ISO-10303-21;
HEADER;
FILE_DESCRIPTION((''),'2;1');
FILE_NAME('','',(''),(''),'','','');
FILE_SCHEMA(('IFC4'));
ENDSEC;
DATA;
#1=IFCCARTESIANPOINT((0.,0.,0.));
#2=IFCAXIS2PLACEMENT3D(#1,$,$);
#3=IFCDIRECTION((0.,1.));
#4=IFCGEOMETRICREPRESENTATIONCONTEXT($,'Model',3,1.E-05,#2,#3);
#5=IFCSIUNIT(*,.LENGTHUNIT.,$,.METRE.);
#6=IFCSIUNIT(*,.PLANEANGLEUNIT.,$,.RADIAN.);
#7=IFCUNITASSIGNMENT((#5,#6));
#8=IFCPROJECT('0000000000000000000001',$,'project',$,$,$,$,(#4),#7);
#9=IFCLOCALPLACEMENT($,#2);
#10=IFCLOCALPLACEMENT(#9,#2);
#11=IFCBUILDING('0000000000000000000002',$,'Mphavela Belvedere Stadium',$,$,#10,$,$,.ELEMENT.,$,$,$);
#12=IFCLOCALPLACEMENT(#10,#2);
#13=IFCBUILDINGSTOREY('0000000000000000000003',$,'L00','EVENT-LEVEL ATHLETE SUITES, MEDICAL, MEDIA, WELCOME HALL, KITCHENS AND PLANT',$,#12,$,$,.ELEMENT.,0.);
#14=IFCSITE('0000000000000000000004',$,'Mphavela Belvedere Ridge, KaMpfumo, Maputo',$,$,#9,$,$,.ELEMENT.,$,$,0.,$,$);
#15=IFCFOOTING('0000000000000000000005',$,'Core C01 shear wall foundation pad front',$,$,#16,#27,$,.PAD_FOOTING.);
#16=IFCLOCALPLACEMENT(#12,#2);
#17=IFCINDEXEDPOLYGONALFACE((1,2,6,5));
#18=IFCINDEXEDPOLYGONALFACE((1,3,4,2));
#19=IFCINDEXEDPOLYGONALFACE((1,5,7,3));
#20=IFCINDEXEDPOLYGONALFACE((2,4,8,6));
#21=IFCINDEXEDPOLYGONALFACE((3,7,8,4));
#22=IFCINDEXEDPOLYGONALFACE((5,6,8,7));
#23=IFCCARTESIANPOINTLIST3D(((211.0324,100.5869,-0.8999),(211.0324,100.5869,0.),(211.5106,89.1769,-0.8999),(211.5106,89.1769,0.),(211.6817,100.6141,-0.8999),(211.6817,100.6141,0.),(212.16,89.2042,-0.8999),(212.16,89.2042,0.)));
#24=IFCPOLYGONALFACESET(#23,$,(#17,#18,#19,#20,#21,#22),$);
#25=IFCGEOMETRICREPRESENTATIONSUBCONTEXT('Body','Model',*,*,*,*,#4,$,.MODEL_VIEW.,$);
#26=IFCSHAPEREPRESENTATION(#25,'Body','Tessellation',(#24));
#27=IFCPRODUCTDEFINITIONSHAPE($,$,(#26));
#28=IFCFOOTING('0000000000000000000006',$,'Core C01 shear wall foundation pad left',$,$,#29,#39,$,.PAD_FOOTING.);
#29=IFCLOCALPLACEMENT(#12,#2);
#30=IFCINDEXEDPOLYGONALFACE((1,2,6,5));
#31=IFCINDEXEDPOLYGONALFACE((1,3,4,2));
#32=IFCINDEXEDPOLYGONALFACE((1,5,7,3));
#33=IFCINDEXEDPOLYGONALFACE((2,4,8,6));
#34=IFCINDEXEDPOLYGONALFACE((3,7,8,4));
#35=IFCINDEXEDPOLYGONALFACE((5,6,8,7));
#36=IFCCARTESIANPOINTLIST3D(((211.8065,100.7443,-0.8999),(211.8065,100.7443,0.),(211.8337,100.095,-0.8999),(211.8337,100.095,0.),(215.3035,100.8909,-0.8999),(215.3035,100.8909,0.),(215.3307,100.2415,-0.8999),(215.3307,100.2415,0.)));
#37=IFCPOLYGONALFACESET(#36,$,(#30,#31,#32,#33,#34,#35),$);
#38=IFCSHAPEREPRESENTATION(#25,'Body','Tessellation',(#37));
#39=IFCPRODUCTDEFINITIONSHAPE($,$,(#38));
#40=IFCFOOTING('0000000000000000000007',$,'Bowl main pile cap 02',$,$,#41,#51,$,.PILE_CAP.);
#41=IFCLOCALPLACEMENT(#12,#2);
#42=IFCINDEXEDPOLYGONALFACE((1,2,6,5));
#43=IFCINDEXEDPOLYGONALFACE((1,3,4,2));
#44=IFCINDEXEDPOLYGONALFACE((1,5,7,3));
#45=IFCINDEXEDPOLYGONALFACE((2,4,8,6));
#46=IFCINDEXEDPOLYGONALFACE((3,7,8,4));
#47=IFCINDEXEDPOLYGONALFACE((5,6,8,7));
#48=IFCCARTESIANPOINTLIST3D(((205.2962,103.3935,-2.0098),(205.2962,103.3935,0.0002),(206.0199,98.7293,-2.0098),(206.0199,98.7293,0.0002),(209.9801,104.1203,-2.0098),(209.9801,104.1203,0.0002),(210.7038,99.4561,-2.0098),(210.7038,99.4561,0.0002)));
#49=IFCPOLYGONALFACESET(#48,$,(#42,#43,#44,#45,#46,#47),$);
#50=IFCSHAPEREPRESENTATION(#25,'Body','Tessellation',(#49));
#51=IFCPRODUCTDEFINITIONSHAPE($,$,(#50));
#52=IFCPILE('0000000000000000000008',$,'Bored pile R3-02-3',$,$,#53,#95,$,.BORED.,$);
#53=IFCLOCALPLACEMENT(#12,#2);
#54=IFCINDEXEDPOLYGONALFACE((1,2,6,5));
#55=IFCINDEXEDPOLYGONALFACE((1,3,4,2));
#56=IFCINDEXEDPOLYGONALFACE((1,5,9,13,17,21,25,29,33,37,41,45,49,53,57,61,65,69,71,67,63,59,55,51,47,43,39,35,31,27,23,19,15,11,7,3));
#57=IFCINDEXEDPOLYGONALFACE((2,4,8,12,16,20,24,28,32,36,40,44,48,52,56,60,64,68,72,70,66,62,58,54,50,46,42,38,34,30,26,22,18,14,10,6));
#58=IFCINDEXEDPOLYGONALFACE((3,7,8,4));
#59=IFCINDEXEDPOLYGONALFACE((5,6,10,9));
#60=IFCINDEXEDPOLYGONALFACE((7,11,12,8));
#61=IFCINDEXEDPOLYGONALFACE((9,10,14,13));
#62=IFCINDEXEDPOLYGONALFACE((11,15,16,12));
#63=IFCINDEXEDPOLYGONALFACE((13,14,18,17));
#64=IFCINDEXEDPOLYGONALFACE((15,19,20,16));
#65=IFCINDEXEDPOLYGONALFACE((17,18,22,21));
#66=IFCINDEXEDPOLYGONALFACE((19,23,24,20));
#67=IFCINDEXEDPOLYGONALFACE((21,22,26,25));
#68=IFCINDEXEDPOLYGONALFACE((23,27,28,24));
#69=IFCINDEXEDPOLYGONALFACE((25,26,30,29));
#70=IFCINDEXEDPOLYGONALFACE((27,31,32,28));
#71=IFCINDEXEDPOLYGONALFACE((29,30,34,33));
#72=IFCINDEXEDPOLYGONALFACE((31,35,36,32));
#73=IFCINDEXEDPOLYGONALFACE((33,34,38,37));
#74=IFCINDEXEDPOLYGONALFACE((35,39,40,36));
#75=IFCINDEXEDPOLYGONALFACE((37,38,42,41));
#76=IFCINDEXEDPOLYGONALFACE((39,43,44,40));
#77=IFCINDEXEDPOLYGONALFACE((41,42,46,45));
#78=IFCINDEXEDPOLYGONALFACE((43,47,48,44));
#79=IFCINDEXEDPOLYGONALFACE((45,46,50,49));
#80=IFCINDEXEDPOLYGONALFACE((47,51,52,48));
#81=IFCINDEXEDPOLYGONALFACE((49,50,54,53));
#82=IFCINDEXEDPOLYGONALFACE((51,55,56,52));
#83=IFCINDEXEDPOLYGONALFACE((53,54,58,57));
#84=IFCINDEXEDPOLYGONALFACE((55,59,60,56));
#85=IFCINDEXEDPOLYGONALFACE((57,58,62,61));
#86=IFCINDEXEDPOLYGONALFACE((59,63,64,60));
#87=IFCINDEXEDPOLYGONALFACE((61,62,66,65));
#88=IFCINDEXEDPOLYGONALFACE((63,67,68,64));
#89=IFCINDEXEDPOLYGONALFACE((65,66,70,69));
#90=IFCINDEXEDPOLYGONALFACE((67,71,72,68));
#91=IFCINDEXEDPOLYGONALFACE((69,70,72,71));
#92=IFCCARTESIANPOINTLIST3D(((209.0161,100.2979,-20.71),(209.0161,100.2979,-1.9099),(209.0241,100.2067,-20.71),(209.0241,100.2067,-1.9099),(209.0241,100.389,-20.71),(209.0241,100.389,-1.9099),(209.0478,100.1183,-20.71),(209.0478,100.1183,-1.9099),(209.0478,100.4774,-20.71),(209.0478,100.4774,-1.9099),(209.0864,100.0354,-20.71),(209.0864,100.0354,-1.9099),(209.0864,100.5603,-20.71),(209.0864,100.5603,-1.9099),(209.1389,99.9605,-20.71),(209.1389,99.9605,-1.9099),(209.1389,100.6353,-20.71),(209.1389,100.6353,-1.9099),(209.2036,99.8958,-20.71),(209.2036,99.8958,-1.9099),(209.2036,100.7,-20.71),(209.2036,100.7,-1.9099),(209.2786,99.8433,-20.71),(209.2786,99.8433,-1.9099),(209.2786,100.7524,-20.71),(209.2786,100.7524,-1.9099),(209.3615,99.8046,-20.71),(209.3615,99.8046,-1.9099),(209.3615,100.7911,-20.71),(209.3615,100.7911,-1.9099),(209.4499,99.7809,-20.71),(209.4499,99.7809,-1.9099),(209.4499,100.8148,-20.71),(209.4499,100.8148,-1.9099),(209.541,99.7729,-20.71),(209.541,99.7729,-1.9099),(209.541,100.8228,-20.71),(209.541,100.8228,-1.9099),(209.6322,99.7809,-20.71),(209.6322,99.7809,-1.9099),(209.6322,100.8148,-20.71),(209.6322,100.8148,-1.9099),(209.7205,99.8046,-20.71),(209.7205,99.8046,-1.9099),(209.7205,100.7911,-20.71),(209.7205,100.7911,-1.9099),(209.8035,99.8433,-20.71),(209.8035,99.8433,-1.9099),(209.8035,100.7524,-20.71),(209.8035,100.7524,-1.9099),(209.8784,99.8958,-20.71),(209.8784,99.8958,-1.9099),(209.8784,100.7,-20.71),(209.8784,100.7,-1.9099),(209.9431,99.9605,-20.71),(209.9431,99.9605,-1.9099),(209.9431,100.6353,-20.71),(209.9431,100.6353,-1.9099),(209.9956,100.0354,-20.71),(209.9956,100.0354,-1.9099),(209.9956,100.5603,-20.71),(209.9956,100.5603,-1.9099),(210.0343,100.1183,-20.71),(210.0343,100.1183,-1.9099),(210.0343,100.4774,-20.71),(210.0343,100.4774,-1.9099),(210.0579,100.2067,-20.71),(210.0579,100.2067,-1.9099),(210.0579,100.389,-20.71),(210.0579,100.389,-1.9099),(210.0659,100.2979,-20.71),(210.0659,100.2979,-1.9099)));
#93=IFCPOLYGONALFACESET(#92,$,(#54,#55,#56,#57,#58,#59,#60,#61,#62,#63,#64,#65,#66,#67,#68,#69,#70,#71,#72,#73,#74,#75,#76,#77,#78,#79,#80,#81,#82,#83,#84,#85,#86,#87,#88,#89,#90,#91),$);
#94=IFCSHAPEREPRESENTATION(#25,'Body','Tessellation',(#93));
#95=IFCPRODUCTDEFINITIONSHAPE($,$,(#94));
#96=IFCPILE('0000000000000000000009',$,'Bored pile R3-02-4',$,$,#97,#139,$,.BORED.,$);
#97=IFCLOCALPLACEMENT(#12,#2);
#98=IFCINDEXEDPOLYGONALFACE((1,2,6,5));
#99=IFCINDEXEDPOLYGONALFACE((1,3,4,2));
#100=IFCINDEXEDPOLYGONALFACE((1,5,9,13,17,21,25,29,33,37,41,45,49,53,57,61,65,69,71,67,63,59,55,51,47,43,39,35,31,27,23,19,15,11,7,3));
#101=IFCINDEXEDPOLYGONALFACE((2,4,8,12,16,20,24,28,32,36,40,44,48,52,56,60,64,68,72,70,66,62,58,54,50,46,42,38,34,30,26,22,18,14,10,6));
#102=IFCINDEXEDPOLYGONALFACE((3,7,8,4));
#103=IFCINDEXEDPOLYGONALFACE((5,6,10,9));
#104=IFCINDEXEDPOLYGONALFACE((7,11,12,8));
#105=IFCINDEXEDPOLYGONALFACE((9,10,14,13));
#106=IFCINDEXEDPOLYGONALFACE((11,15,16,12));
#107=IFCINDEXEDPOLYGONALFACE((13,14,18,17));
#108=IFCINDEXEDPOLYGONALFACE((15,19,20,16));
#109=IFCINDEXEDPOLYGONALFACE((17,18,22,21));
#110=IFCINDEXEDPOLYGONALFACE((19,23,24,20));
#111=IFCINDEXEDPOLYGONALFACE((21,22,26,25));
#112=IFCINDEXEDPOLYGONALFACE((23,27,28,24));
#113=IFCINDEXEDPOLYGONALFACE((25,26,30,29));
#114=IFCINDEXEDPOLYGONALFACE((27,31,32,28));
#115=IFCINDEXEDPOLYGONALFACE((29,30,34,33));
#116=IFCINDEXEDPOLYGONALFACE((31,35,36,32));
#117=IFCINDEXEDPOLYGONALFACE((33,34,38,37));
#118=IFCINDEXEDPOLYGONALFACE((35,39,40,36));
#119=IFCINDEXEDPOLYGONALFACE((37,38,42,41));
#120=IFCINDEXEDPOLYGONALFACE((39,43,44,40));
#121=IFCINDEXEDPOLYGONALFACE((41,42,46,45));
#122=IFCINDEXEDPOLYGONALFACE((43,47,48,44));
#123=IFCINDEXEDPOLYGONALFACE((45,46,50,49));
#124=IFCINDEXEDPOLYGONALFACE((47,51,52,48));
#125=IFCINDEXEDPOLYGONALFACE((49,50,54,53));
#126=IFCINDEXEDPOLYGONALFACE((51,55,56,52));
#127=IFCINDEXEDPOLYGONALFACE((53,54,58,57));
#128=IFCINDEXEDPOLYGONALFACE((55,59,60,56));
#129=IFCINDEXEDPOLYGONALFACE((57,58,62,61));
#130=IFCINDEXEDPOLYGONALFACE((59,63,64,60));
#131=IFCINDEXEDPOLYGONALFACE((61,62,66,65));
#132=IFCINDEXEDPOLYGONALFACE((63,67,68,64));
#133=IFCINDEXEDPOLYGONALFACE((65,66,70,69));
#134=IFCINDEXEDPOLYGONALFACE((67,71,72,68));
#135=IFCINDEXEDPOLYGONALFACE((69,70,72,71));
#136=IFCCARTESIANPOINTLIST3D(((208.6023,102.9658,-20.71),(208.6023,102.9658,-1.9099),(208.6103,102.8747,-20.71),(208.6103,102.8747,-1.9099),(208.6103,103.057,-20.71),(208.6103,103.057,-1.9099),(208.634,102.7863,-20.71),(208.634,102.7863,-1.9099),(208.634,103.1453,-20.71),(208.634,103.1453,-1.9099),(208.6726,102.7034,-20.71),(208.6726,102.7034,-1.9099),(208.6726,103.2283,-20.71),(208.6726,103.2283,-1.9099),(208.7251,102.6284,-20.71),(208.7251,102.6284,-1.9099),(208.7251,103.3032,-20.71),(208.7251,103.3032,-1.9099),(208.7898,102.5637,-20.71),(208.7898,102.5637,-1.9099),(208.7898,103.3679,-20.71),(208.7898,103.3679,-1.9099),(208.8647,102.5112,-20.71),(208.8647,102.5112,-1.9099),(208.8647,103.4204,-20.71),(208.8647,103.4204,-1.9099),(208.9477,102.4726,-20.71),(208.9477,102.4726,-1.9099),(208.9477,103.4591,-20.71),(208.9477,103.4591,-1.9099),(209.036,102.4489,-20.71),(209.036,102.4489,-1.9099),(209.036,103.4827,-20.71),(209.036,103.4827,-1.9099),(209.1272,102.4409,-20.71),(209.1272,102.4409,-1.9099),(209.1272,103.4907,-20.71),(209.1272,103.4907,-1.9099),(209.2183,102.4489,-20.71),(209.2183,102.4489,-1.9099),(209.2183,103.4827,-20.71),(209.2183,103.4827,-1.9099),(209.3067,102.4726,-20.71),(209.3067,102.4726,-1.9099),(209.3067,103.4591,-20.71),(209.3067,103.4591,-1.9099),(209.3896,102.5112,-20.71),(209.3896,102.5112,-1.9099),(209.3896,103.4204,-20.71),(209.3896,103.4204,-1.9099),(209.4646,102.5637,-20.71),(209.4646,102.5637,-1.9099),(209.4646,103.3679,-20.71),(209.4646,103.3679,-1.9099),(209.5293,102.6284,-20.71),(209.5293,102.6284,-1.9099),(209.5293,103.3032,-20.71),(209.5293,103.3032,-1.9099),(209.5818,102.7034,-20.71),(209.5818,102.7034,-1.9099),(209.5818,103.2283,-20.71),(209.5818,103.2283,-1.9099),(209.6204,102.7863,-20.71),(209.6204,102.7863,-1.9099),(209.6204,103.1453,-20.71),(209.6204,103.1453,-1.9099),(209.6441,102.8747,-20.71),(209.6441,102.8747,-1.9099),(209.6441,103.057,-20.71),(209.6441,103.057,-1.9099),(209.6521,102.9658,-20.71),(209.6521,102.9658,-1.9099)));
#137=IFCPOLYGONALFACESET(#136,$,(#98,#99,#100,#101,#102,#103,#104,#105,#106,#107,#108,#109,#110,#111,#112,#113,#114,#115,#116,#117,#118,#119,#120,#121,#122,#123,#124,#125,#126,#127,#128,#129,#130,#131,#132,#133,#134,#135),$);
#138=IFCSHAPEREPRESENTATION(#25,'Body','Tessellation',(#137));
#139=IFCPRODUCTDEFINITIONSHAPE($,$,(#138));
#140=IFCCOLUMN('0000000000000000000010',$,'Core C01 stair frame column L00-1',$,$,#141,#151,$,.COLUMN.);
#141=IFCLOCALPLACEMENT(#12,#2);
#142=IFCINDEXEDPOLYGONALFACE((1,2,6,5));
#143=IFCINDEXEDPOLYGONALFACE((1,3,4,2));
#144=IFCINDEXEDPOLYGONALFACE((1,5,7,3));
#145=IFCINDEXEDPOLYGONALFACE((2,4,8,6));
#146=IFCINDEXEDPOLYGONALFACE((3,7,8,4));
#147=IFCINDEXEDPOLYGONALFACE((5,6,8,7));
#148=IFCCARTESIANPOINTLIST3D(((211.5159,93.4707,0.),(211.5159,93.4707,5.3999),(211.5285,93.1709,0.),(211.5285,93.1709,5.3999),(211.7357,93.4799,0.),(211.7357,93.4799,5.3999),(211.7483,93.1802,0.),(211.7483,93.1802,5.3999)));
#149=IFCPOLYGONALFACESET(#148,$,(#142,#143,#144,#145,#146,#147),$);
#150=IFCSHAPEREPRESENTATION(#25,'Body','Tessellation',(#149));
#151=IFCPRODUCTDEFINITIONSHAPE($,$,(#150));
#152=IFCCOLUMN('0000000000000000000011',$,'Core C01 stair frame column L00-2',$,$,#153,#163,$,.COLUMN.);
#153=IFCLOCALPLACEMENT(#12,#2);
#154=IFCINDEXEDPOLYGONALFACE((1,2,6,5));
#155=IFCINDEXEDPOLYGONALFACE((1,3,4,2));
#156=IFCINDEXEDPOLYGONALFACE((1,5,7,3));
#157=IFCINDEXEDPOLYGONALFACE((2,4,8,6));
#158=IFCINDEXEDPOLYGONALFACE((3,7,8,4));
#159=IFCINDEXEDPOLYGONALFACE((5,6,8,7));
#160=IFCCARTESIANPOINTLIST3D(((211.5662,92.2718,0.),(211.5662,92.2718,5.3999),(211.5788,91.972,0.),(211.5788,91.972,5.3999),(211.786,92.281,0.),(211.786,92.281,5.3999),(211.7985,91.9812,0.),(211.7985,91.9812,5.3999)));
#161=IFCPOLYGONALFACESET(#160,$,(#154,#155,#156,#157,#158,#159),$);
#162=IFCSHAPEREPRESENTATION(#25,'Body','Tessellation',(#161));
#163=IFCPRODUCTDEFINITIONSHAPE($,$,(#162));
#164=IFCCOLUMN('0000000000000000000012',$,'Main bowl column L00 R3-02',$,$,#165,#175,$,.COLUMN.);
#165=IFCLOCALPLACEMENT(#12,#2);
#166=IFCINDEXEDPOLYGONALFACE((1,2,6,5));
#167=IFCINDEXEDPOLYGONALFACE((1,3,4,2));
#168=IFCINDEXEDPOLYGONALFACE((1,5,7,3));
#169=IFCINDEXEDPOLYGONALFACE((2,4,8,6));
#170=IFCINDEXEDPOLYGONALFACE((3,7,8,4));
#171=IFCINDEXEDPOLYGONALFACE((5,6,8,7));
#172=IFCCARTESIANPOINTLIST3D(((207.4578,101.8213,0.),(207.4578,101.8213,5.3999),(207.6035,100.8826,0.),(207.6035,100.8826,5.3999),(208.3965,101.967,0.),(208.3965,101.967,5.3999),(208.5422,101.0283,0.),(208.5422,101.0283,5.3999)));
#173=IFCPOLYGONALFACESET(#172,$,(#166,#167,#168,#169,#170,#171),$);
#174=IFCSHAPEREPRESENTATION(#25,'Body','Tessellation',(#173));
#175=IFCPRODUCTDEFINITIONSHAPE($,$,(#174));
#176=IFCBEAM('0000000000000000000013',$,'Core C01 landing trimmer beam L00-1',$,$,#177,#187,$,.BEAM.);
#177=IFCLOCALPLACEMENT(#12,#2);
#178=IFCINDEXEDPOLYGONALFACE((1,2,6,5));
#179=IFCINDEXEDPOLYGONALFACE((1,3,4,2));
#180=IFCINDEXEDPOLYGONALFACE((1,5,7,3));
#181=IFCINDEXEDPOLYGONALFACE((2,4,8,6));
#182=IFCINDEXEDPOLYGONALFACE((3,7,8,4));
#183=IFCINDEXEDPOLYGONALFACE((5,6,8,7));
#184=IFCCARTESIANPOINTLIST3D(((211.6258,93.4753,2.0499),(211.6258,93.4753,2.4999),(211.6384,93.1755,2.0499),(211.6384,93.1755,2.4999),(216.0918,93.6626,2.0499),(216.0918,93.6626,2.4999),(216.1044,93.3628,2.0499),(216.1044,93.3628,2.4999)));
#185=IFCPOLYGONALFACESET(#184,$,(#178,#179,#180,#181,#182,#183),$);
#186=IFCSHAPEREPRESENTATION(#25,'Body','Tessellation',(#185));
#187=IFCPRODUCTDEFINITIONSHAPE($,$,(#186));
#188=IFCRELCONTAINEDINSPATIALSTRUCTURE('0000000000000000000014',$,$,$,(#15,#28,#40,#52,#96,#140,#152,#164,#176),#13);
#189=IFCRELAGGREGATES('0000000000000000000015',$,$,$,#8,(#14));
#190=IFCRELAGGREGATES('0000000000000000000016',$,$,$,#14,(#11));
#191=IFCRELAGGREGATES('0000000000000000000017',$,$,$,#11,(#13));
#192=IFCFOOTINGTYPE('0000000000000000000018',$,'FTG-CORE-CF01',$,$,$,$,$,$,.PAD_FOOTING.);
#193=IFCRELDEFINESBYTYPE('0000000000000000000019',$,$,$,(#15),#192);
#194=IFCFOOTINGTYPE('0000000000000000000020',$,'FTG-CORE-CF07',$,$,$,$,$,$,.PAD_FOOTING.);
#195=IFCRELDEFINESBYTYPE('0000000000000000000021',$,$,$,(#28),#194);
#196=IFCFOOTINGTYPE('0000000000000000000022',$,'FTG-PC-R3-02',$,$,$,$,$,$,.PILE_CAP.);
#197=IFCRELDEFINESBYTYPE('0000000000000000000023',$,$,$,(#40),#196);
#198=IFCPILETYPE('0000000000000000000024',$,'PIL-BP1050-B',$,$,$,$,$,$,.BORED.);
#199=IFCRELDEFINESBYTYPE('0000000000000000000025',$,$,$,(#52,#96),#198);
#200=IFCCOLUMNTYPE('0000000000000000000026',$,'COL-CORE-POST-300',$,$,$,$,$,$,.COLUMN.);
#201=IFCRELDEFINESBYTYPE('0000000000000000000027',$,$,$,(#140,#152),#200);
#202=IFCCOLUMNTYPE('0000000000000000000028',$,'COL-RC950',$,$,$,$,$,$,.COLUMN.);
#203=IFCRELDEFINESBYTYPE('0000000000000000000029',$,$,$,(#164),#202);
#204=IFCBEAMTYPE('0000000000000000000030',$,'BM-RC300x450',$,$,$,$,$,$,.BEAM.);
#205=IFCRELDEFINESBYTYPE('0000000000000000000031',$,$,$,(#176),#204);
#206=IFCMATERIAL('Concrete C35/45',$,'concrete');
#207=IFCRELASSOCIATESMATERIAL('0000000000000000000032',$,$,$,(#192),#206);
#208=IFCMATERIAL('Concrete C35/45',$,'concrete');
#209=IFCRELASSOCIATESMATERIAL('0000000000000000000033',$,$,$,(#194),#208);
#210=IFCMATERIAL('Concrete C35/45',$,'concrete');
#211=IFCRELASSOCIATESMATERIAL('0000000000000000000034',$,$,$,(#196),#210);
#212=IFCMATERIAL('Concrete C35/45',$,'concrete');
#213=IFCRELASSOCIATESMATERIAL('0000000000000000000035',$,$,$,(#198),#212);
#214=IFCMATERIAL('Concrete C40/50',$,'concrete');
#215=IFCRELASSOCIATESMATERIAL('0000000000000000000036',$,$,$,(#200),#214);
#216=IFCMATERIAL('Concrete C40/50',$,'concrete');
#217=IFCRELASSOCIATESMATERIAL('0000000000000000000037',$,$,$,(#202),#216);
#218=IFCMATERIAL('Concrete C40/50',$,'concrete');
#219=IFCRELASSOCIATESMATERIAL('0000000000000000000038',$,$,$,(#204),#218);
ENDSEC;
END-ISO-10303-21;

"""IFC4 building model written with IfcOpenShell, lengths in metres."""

from ifc_helpers import new_model, si_unit, direction, frame, origin, origin_2d, place, context, subcontext, project, spatial, rectangle, circle, extrude, material, material_profile, profile_set, type_object, element, save


model = new_model("IFC4")

# Units and contexts
model_context = context("Model", 3, precision=1e-05, world=origin(), true_north=direction((0.0, 1.0)))
body_context = subcontext(model_context, "Body", "Model", "MODEL_VIEW")
ifc_project = project(units=[si_unit("LENGTHUNIT", "METRE"), si_unit("PLANEANGLEUNIT", "RADIAN")], contexts=[model_context])

# Site, building, storey
site_placement = place(None, origin())
site = spatial("IfcSite", under=ifc_project, at=site_placement, Name="Mphavela Belvedere Ridge, KaMpfumo, Maputo", CompositionType="ELEMENT", RefElevation=0.0)
building_placement = place(site_placement, origin())
building = spatial("IfcBuilding", under=site, at=building_placement, Name="Mphavela Belvedere Stadium", CompositionType="ELEMENT")
storey_placement = place(building_placement, origin())
storey = spatial("IfcBuildingStorey", under=building, at=storey_placement, Name="L00", Description="EVENT-LEVEL ATHLETE SUITES, MEDICAL, MEDIA, WELCOME HALL, KITCHENS AND PLANT", CompositionType="ELEMENT", Elevation=0.0)

# Footings
ifc_material_1 = material(Name="Concrete C35/45", Category="concrete")
footing_type_1 = type_object("IfcFootingType", Name="FTG-CORE-CF01", PredefinedType="PAD_FOOTING", material=ifc_material_1)
footing_1_placement = place(storey_placement, frame((211.5962, 94.8955, -0.8999), z_axis=(0.0, 0.0, 1.0), x_axis=(0.041876, -0.999123, 0.0)))
element("IfcFooting", 1, at=footing_1_placement, inside=storey, type_object=footing_type_1, Name="Core C01 shear wall foundation pad front", PredefinedType="PAD_FOOTING", context=body_context, shape_type="SweptSolid", body=[
    extrude(rectangle(XDim=11.4199, YDim=0.6499, at=origin_2d()), origin(), (0.0, 0.0, 1.0), 0.8999),
])
ifc_material_2 = material(Name="Concrete C35/45", Category="concrete")
footing_type_2 = type_object("IfcFootingType", Name="FTG-CORE-CF07", PredefinedType="PAD_FOOTING", material=ifc_material_2)
footing_2_placement = place(storey_placement, frame((213.5686, 100.4929, -0.8999), z_axis=(0.0, 0.0, 1.0), x_axis=(0.999123, 0.041876, 0.0)))
element("IfcFooting", 2, at=footing_2_placement, inside=storey, type_object=footing_type_2, Name="Core C01 shear wall foundation pad left", PredefinedType="PAD_FOOTING", context=body_context, shape_type="SweptSolid", body=[
    extrude(rectangle(XDim=3.5, YDim=0.6499, at=origin_2d()), origin(), (0.0, 0.0, 1.0), 0.8999),
])
ifc_material_3 = material(Name="Concrete C35/45", Category="concrete")
footing_type_3 = type_object("IfcFootingType", Name="FTG-PC-R3-02", PredefinedType="PILE_CAP", material=ifc_material_3)
footing_3_placement = place(storey_placement, frame((208.0, 101.4248, -2.0098), z_axis=(0.0, 0.0, 1.0), x_axis=(0.988175, 0.153331, 0.0)))
element("IfcFooting", 3, at=footing_3_placement, inside=storey, type_object=footing_type_3, Name="Bowl main pile cap 02", PredefinedType="PILE_CAP", context=body_context, shape_type="SweptSolid", body=[
    extrude(rectangle(XDim=4.74, YDim=4.72, at=origin_2d()), origin(), (0.0, 0.0, 1.0), 2.01),
])

# Piles
ifc_material_4 = material(Name="Concrete C35/45", Category="concrete")
ifc_material_profile_1 = material_profile(ifc_material_4, circle(Radius=0.5249, at=origin_2d()), Name="BP D1050")
ifc_profile_set_1 = profile_set([ifc_material_profile_1], Name="Concrete C35/45")
pile_type = type_object("IfcPileType", Name="PIL-BP1050-B", PredefinedType="BORED", material=ifc_profile_set_1)
for number, where, z_axis, x_axis, name in (
    (4, (209.541, 100.2979, -1.9099), (0.0, 0.0, -1.0), (1.0, 0.0, 0.0), "Bored pile R3-02-3"),
    (5, (209.1272, 102.9658, -1.9099), (0.0, 0.0, -1.0), (1.0, 0.0, 0.0), "Bored pile R3-02-4"),
):
    element("IfcPile", number, at=place(storey_placement, frame(where, z_axis=z_axis, x_axis=x_axis)), inside=storey, type_object=pile_type, Name=name, PredefinedType="BORED", context=body_context, shape_type="SweptSolid", body=[
        extrude(circle(Radius=0.5249, at=origin_2d()), origin(), (0.0, 0.0, 1.0), 18.8),
    ])

# Columns
ifc_material_5 = material(Name="Concrete C40/50", Category="concrete")
ifc_material_profile_2 = material_profile(ifc_material_5, rectangle(XDim=0.3, YDim=0.22, at=origin_2d()), Name="RC 300x220")
ifc_profile_set_2 = profile_set([ifc_material_profile_2], Name="Concrete C40/50")
column_type_1 = type_object("IfcColumnType", Name="COL-CORE-POST-300", PredefinedType="COLUMN", material=ifc_profile_set_2)
for number, where, z_axis, x_axis, name in (
    (6, (211.6321, 93.3254, 0.0), (0.0, 0.0, 1.0), (0.041876, -0.999123, 0.0), "Core C01 stair frame column L00-1"),
    (7, (211.6824, 92.1265, 0.0), (0.0, 0.0, 1.0), (0.041876, -0.999123, 0.0), "Core C01 stair frame column L00-2"),
):
    element("IfcColumn", number, at=place(storey_placement, frame(where, z_axis=z_axis, x_axis=x_axis)), inside=storey, type_object=column_type_1, Name=name, PredefinedType="COLUMN", context=body_context, shape_type="SweptSolid", body=[
        extrude(rectangle(XDim=0.3, YDim=0.22, at=origin_2d()), origin(), (0.0, 0.0, 1.0), 5.3999),
    ])
ifc_material_6 = material(Name="Concrete C40/50", Category="concrete")
ifc_material_profile_3 = material_profile(ifc_material_6, rectangle(XDim=0.95, YDim=0.95, at=origin_2d()), Name="RC 950x950")
ifc_profile_set_3 = profile_set([ifc_material_profile_3], Name="Concrete C40/50")
column_type_2 = type_object("IfcColumnType", Name="COL-RC950", PredefinedType="COLUMN", material=ifc_profile_set_3)
column_placement = place(storey_placement, frame((208.0, 101.4248, 0.0), z_axis=(0.0, 0.0, 1.0), x_axis=(0.988175, 0.153331, 0.0)))
element("IfcColumn", 8, at=column_placement, inside=storey, type_object=column_type_2, Name="Main bowl column L00 R3-02", PredefinedType="COLUMN", context=body_context, shape_type="SweptSolid", body=[
    extrude(rectangle(XDim=0.95, YDim=0.95, at=origin_2d()), origin(), (0.0, 0.0, 1.0), 5.3999),
])

# Beam
ifc_material_7 = material(Name="Concrete C40/50", Category="concrete")
ifc_material_profile_4 = material_profile(ifc_material_7, rectangle(XDim=0.3, YDim=0.45, at=origin_2d()), Name="RC 300x450")
ifc_profile_set_4 = profile_set([ifc_material_profile_4], Name="Concrete C40/50")
beam_type_1 = type_object("IfcBeamType", Name="BM-RC300x450", PredefinedType="BEAM", material=ifc_profile_set_4)
for number, where, z_axis, x_axis, name in (
    (9, (211.6321, 93.3254, 2.2749), (0.999122, 0.041892, 0.0), (-0.041892, 0.999122, 0.0), "Core C01 landing trimmer beam L00-1"),
):
    element("IfcBeam", number, at=place(storey_placement, frame(where, z_axis=z_axis, x_axis=x_axis)), inside=storey, type_object=beam_type_1, Name=name, PredefinedType="BEAM", context=body_context, shape_type="SweptSolid", body=[
        extrude(rectangle(XDim=0.3, YDim=0.45, at=origin_2d()), origin(), (0.0, 0.0, 1.0), 4.47),
    ])

save(model, "model.ifc")
